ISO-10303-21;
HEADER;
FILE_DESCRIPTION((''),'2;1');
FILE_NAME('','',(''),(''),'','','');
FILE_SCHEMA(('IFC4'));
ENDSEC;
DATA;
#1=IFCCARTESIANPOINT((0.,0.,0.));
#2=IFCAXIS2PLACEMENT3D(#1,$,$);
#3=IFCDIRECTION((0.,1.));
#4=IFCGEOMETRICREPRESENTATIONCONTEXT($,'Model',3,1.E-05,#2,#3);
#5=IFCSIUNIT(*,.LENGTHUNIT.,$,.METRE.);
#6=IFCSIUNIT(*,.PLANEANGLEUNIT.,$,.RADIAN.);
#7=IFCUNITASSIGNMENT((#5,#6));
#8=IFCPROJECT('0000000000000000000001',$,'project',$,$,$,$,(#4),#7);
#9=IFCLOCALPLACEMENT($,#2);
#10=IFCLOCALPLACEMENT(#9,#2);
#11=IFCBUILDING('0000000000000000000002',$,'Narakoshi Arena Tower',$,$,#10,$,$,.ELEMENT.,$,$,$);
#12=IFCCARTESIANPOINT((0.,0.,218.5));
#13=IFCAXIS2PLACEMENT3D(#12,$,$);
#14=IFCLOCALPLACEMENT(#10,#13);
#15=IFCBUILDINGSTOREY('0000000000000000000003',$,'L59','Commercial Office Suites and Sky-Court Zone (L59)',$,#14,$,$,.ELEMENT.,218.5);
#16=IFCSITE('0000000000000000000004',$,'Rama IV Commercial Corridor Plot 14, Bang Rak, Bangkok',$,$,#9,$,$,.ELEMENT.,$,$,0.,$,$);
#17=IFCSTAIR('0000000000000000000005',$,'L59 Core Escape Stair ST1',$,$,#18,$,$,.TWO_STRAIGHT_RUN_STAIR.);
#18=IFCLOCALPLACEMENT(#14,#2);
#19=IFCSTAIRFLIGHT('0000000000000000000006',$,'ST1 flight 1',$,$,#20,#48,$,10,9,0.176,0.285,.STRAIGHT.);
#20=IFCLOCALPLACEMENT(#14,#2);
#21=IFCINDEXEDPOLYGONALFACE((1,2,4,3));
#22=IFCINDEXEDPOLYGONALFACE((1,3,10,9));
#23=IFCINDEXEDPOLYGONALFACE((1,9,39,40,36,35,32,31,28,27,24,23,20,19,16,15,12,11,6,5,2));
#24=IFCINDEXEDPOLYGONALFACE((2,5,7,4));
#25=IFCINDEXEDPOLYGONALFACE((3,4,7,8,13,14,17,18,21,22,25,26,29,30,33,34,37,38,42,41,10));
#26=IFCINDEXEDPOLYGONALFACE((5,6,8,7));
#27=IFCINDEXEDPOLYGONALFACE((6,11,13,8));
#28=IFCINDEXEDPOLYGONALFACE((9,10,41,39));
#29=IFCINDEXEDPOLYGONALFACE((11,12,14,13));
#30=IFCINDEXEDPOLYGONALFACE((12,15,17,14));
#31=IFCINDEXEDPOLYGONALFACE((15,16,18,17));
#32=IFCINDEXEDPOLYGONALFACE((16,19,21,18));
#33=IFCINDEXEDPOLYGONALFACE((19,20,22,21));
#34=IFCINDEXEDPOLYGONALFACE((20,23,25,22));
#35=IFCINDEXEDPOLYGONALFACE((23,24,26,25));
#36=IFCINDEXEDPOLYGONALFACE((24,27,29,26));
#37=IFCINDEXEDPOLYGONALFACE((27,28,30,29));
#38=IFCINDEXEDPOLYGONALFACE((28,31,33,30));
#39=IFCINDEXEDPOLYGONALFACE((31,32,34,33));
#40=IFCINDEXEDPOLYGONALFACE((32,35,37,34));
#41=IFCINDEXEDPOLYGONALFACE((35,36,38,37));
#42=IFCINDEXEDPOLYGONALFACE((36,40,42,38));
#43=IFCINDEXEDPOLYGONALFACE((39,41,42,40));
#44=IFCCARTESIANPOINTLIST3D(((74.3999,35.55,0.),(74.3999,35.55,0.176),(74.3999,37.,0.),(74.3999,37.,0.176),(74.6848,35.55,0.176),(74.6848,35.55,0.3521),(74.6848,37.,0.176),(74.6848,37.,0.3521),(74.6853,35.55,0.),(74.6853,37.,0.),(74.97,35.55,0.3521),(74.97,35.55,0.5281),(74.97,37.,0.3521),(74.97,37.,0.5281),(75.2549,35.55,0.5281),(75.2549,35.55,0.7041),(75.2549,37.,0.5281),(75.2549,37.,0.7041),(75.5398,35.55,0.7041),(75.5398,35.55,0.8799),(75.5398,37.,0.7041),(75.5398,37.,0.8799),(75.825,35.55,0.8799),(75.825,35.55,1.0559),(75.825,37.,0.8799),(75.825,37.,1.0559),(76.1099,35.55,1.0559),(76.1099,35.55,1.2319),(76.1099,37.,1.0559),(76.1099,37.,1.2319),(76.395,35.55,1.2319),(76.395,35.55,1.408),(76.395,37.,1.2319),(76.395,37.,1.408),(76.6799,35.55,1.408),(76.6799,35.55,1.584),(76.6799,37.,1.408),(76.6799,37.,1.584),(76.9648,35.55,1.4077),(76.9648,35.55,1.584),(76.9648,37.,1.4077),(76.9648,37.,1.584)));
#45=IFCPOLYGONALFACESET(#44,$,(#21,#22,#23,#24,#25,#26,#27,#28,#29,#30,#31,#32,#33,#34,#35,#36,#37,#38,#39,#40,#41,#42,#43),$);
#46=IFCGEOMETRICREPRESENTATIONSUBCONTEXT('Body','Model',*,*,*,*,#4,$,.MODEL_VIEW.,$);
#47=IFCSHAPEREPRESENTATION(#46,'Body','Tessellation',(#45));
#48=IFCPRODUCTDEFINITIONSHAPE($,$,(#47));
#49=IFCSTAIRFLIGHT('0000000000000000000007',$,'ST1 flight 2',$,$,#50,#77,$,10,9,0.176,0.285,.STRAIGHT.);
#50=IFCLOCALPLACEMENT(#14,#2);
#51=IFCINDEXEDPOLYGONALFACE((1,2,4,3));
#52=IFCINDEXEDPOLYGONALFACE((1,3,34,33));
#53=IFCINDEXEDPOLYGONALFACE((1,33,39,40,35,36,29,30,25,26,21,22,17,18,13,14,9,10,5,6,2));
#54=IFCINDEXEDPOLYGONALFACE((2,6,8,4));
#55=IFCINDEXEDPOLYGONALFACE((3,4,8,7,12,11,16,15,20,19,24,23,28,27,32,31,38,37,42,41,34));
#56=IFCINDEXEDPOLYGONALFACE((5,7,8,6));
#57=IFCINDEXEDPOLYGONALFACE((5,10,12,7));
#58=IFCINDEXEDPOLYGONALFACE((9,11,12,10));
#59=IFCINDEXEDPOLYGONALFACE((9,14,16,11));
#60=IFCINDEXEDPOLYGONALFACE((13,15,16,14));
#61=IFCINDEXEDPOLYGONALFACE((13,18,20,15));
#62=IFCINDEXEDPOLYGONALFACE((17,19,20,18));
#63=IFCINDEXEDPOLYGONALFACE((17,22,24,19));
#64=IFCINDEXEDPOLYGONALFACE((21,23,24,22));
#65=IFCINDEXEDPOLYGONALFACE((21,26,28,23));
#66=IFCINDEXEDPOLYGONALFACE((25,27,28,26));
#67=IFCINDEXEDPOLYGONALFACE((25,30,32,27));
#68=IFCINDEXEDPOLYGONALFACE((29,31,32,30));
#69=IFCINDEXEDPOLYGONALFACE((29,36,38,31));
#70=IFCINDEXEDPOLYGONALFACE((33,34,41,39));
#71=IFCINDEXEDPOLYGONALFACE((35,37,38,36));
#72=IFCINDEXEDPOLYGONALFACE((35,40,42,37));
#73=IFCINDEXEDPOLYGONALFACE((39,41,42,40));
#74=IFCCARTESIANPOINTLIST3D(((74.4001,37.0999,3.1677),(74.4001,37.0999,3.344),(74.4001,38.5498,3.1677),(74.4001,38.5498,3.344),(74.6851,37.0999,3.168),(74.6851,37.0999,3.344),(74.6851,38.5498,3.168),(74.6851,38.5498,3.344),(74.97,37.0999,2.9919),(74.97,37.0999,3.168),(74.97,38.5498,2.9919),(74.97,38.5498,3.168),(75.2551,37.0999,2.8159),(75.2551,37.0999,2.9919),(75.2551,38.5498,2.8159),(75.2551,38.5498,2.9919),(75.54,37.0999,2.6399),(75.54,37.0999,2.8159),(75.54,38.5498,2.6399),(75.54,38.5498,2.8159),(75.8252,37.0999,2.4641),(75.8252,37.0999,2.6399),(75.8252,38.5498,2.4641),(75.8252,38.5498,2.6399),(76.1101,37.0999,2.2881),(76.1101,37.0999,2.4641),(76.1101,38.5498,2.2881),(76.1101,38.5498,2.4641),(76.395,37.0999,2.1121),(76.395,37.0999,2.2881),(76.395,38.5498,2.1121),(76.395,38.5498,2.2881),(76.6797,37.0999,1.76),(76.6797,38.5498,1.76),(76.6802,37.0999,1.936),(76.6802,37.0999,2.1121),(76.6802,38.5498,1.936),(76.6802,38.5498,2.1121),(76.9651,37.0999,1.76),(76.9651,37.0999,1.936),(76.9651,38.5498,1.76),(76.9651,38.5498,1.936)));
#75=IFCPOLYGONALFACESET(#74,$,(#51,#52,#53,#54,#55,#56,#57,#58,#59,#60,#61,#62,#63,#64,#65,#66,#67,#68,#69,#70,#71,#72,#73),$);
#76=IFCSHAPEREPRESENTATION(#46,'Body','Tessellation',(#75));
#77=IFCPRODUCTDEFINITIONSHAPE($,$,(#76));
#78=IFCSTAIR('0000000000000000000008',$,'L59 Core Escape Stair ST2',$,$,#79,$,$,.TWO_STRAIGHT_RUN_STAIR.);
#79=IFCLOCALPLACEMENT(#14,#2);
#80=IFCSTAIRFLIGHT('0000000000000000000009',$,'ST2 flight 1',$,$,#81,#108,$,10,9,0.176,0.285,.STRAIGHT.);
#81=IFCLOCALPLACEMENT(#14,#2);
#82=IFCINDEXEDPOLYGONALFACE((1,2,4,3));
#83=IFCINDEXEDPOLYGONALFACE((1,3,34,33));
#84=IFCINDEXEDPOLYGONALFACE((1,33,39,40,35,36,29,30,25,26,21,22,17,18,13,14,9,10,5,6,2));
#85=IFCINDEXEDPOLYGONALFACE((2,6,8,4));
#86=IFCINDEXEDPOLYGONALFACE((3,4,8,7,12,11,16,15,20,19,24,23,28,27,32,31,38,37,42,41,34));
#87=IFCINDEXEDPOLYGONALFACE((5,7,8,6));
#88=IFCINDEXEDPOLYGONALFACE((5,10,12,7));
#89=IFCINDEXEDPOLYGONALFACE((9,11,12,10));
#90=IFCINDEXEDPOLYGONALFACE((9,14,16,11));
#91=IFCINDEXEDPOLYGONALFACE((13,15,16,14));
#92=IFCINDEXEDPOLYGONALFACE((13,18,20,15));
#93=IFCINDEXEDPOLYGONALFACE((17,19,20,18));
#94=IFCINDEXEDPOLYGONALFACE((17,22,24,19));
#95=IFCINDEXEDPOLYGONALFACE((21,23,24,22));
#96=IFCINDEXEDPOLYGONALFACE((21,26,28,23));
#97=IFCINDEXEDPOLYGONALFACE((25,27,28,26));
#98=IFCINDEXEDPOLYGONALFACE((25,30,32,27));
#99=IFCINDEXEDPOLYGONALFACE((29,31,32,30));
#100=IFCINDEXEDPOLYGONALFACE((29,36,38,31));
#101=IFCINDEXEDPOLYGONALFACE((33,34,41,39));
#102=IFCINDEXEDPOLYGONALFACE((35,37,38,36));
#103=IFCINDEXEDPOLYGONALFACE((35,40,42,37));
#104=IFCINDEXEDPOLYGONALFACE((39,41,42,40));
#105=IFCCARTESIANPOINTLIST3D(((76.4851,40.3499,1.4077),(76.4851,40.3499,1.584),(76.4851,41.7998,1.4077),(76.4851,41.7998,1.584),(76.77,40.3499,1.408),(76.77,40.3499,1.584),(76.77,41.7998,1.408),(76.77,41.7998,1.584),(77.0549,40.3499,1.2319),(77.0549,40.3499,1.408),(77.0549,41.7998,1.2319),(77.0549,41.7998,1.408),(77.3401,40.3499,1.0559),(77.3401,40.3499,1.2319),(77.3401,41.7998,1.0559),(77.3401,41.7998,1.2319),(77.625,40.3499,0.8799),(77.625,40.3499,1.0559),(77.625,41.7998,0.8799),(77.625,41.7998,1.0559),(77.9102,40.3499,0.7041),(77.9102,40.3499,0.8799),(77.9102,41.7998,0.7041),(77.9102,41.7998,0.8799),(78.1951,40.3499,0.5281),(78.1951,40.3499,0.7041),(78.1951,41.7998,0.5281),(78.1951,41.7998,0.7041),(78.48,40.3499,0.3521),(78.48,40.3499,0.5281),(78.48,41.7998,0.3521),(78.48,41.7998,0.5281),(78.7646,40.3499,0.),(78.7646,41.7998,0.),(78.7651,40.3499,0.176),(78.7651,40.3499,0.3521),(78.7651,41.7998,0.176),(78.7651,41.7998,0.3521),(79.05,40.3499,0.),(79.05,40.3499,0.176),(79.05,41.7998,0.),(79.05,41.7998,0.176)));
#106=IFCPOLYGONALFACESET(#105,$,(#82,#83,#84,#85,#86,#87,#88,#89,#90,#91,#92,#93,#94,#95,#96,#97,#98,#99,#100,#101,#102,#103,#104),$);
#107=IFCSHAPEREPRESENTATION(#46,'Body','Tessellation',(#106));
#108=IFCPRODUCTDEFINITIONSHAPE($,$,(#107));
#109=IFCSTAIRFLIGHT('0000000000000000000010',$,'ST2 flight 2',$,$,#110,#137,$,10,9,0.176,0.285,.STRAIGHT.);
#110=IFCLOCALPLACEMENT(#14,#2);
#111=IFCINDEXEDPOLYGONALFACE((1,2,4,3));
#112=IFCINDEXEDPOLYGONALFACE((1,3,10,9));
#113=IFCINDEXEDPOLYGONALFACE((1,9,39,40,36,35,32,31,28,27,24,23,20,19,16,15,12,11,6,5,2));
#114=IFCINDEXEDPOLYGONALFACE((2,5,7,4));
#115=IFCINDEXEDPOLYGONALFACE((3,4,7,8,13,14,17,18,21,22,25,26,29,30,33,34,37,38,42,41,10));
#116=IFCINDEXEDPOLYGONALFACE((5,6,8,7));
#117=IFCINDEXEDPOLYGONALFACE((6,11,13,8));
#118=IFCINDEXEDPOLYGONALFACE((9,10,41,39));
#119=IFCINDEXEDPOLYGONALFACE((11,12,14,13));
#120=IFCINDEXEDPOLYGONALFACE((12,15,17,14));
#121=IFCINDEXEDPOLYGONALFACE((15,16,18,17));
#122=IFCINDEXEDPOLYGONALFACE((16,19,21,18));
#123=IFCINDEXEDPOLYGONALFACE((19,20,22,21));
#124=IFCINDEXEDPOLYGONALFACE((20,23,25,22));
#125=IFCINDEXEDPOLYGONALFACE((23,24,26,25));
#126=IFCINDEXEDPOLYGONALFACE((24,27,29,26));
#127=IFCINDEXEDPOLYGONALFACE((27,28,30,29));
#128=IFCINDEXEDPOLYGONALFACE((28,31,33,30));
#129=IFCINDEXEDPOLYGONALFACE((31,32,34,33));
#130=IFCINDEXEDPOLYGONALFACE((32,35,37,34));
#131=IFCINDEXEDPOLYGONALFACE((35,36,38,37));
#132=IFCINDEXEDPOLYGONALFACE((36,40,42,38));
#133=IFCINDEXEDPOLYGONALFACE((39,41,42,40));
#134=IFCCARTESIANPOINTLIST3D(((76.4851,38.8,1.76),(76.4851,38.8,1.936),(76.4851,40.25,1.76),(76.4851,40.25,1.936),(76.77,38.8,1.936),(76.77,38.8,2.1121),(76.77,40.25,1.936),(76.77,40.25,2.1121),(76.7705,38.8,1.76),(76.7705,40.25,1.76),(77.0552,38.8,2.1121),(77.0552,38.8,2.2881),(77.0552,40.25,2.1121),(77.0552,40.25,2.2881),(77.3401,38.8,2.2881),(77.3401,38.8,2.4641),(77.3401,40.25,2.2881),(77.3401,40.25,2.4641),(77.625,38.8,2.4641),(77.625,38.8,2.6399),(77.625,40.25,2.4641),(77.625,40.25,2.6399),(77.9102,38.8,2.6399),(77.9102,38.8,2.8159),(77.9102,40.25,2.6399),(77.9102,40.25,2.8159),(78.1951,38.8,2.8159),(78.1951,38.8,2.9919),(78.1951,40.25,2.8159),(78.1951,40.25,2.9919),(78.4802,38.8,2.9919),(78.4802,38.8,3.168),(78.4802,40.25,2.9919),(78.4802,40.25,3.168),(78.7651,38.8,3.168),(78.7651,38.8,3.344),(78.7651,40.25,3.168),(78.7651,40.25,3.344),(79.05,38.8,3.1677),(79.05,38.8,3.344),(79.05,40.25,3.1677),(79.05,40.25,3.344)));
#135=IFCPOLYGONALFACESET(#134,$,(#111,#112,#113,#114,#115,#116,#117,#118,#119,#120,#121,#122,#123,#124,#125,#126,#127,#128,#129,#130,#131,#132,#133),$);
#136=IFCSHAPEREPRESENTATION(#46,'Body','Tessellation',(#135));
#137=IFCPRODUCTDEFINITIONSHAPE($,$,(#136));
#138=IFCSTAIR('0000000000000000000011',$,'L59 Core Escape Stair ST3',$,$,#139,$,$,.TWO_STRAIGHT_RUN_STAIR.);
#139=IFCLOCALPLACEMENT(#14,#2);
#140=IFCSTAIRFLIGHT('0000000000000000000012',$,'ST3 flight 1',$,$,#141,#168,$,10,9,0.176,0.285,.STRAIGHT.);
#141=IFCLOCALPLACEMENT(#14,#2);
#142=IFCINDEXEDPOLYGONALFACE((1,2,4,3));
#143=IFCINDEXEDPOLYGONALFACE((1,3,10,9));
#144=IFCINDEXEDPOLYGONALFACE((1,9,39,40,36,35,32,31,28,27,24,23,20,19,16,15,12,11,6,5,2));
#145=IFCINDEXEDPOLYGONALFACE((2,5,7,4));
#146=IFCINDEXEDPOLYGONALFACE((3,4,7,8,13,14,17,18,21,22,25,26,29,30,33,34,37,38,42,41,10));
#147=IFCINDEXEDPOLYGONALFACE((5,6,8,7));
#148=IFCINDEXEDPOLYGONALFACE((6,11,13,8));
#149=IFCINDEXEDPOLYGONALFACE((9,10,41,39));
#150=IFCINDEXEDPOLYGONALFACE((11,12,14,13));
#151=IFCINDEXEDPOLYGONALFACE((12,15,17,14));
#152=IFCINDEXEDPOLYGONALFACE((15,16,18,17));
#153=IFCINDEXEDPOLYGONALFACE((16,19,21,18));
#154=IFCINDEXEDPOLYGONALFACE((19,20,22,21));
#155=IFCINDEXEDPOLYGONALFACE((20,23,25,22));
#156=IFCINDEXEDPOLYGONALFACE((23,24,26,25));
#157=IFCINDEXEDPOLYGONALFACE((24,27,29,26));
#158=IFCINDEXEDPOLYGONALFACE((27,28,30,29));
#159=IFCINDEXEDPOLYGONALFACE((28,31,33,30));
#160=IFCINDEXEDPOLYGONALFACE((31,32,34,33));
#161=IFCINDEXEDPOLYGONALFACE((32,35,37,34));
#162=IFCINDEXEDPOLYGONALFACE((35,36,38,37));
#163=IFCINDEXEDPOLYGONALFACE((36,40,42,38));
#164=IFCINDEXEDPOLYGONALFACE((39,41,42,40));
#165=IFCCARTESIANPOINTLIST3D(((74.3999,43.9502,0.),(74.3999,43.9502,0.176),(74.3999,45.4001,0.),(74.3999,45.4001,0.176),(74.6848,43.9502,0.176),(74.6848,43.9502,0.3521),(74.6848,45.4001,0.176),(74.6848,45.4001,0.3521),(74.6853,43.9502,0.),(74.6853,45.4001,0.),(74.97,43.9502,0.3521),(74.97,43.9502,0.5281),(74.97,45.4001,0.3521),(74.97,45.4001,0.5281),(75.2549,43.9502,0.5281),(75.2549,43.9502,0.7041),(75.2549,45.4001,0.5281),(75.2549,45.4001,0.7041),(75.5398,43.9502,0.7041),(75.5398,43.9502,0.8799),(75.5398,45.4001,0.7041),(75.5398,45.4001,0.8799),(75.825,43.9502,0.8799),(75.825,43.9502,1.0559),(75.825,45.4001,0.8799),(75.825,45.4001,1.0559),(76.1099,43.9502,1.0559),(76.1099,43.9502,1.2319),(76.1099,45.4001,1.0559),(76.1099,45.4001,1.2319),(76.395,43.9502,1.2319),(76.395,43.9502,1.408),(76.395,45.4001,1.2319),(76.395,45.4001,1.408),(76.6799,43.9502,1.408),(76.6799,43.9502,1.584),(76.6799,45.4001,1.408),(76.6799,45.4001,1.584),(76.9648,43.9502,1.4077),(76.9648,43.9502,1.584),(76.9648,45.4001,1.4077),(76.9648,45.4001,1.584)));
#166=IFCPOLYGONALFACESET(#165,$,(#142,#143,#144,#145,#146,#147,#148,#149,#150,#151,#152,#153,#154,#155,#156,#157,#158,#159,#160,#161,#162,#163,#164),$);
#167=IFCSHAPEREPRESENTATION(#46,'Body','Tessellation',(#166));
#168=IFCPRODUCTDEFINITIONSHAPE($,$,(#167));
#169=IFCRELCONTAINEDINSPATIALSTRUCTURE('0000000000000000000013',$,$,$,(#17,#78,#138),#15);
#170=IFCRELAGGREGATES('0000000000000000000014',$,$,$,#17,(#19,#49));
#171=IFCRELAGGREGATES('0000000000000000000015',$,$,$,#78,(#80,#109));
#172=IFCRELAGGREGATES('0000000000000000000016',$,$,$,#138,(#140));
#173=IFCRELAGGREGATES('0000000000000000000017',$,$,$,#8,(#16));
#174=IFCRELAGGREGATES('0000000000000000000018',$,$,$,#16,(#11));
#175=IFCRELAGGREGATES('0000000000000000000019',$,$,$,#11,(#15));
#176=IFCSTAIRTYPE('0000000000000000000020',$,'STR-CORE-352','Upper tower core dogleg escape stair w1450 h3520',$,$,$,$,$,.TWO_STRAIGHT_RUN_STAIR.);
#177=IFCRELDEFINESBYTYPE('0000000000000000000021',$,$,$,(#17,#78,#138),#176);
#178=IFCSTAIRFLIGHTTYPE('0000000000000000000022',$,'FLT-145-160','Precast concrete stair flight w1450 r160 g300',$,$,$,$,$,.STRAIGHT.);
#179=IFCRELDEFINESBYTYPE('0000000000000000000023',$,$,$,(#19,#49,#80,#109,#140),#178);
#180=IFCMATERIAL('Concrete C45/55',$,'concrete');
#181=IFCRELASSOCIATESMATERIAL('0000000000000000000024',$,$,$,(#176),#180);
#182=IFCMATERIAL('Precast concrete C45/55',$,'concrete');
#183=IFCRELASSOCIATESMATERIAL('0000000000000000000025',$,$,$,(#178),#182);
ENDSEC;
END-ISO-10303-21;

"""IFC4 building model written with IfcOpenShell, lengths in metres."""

from ifc_helpers import new_model, si_unit, direction, frame, origin, place, context, subcontext, project, spatial, polyline, outline, extrude, material, type_object, element, aggregate, save


model = new_model("IFC4")

# Units and contexts
model_context = context("Model", 3, precision=1e-05, world=origin(), true_north=direction((0.0, 1.0)))
body_context = subcontext(model_context, "Body", "Model", "MODEL_VIEW")
ifc_project = project(units=[si_unit("LENGTHUNIT", "METRE"), si_unit("PLANEANGLEUNIT", "RADIAN")], contexts=[model_context])

# Site, building, storey
site_placement = place(None, origin())
site = spatial("IfcSite", under=ifc_project, at=site_placement, Name="Rama IV Commercial Corridor Plot 14, Bang Rak, Bangkok", CompositionType="ELEMENT", RefElevation=0.0)
building_placement = place(site_placement, origin())
building = spatial("IfcBuilding", under=site, at=building_placement, Name="Narakoshi Arena Tower", CompositionType="ELEMENT")
storey_placement = place(building_placement, frame((0.0, 0.0, 218.5)))
storey = spatial("IfcBuildingStorey", under=building, at=storey_placement, Name="L59", Description="Commercial Office Suites and Sky-Court Zone (L59)", CompositionType="ELEMENT", Elevation=218.5)

# Shared definitions
ifc_material_1 = material(Name="Precast concrete C45/55", Category="concrete")

# Stairs, stair flights
ifc_material_2 = material(Name="Concrete C45/55", Category="concrete")
stair_type = type_object("IfcStairType", Name="STR-CORE-352", Description="Upper tower core dogleg escape stair w1450 h3520", PredefinedType="TWO_STRAIGHT_RUN_STAIR", material=ifc_material_2)
stair_1_placement = place(storey_placement, origin())
stair_1 = element("IfcStair", 1, at=stair_1_placement, inside=storey, type_object=stair_type, Name="L59 Core Escape Stair ST1", PredefinedType="TWO_STRAIGHT_RUN_STAIR")
stair_flight_type = type_object("IfcStairFlightType", Name="FLT-145-160", Description="Precast concrete stair flight w1450 r160 g300", PredefinedType="STRAIGHT", material=ifc_material_1)
stair_flight_1_placement = place(storey_placement, frame((74.3999, 36.2749, 0.0), z_axis=(0.0, 0.0, 1.0), x_axis=(1.0, 0.0, 0.0)))
stair_flight_1 = element("IfcStairFlight", 2, at=stair_flight_1_placement, type_object=stair_flight_type, Name="ST1 flight 1", NumberOfRisers=10, NumberOfTreads=9, PredefinedType="STRAIGHT", RiserHeight=0.176, TreadLength=0.285, context=body_context, shape_type="SweptSolid", body=[
    extrude(outline(polyline([(0.0, 0.0), (0.0, 0.176), (0.2849, 0.176), (0.2849, 0.3521), (0.5701, 0.3521), (0.5701, 0.5281), (0.855, 0.5281), (0.855, 0.7041), (1.1399, 0.7041), (1.1399, 0.8799), (1.425, 0.8799), (1.425, 1.0559), (1.71, 1.0559), (1.71, 1.2319), (1.9951, 1.2319), (1.9951, 1.408), (2.28, 1.408), (2.28, 1.584), (2.5649, 1.584), (2.5649, 1.76), (2.5649, 1.4077), (0.2854, 0.0), (0.0, 0.0)])), frame((0.0, 0.7251, 0.0), z_axis=(0.0, -1.0, 0.0), x_axis=(1.0, 0.0, 0.0)), (0.0, 0.0, 1.0), 1.45),
])
stair_flight_2_placement = place(storey_placement, frame((76.9651, 37.825, 1.76), z_axis=(0.0, 0.0, 1.0), x_axis=(-1.0, 0.0, 0.0)))
stair_flight_2 = element("IfcStairFlight", 3, at=stair_flight_2_placement, type_object=stair_flight_type, Name="ST1 flight 2", NumberOfRisers=10, NumberOfTreads=9, PredefinedType="STRAIGHT", RiserHeight=0.176, TreadLength=0.285, context=body_context, shape_type="SweptSolid", body=[
    extrude(outline(polyline([(0.0, 0.0), (0.0, 0.176), (0.2849, 0.176), (0.2849, 0.3521), (0.5701, 0.3521), (0.5701, 0.5281), (0.855, 0.5281), (0.855, 0.7041), (1.1399, 0.7041), (1.1399, 0.8799), (1.425, 0.8799), (1.425, 1.0559), (1.71, 1.0559), (1.71, 1.2319), (1.9951, 1.2319), (1.9951, 1.408), (2.28, 1.408), (2.28, 1.584), (2.5649, 1.584), (2.5649, 1.76), (2.5649, 1.4077), (0.2854, 0.0), (0.0, 0.0)])), frame((0.0, 0.7251, 0.0), z_axis=(0.0, -1.0, 0.0), x_axis=(1.0, 0.0, 0.0)), (0.0, 0.0, 1.0), 1.45),
])
aggregate(stair_1, [stair_flight_1, stair_flight_2])
stair_2_placement = place(storey_placement, origin())
stair_2 = element("IfcStair", 4, at=stair_2_placement, inside=storey, type_object=stair_type, Name="L59 Core Escape Stair ST2", PredefinedType="TWO_STRAIGHT_RUN_STAIR")
stair_flight_3_placement = place(storey_placement, frame((79.05, 41.075, 0.0), z_axis=(0.0, 0.0, 1.0), x_axis=(-1.0, 0.0, 0.0)))
stair_flight_3 = element("IfcStairFlight", 5, at=stair_flight_3_placement, type_object=stair_flight_type, Name="ST2 flight 1", NumberOfRisers=10, NumberOfTreads=9, PredefinedType="STRAIGHT", RiserHeight=0.176, TreadLength=0.285, context=body_context, shape_type="SweptSolid", body=[
    extrude(outline(polyline([(0.0, 0.0), (0.0, 0.176), (0.2849, 0.176), (0.2849, 0.3521), (0.5701, 0.3521), (0.5701, 0.5281), (0.855, 0.5281), (0.855, 0.7041), (1.1399, 0.7041), (1.1399, 0.8799), (1.425, 0.8799), (1.425, 1.0559), (1.71, 1.0559), (1.71, 1.2319), (1.9951, 1.2319), (1.9951, 1.408), (2.28, 1.408), (2.28, 1.584), (2.5649, 1.584), (2.5649, 1.76), (2.5649, 1.4077), (0.2854, 0.0), (0.0, 0.0)])), frame((0.0, 0.7251, 0.0), z_axis=(0.0, -1.0, 0.0), x_axis=(1.0, 0.0, 0.0)), (0.0, 0.0, 1.0), 1.45),
])
stair_flight_4_placement = place(storey_placement, frame((76.4851, 39.5249, 1.76), z_axis=(0.0, 0.0, 1.0), x_axis=(1.0, 0.0, 0.0)))
stair_flight_4 = element("IfcStairFlight", 6, at=stair_flight_4_placement, type_object=stair_flight_type, Name="ST2 flight 2", NumberOfRisers=10, NumberOfTreads=9, PredefinedType="STRAIGHT", RiserHeight=0.176, TreadLength=0.285, context=body_context, shape_type="SweptSolid", body=[
    extrude(outline(polyline([(0.0, 0.0), (0.0, 0.176), (0.2849, 0.176), (0.2849, 0.3521), (0.5701, 0.3521), (0.5701, 0.5281), (0.855, 0.5281), (0.855, 0.7041), (1.1399, 0.7041), (1.1399, 0.8799), (1.425, 0.8799), (1.425, 1.0559), (1.71, 1.0559), (1.71, 1.2319), (1.9951, 1.2319), (1.9951, 1.408), (2.28, 1.408), (2.28, 1.584), (2.5649, 1.584), (2.5649, 1.76), (2.5649, 1.4077), (0.2854, 0.0), (0.0, 0.0)])), frame((0.0, 0.7251, 0.0), z_axis=(0.0, -1.0, 0.0), x_axis=(1.0, 0.0, 0.0)), (0.0, 0.0, 1.0), 1.45),
])
aggregate(stair_2, [stair_flight_3, stair_flight_4])
stair_3_placement = place(storey_placement, origin())
stair_3 = element("IfcStair", 7, at=stair_3_placement, inside=storey, type_object=stair_type, Name="L59 Core Escape Stair ST3", PredefinedType="TWO_STRAIGHT_RUN_STAIR")
stair_flight_5_placement = place(storey_placement, frame((74.3999, 44.675, 0.0), z_axis=(0.0, 0.0, 1.0), x_axis=(1.0, 0.0, 0.0)))
stair_flight_5 = element("IfcStairFlight", 8, at=stair_flight_5_placement, type_object=stair_flight_type, Name="ST3 flight 1", NumberOfRisers=10, NumberOfTreads=9, PredefinedType="STRAIGHT", RiserHeight=0.176, TreadLength=0.285, context=body_context, shape_type="SweptSolid", body=[
    extrude(outline(polyline([(0.0, 0.0), (0.0, 0.176), (0.2849, 0.176), (0.2849, 0.3521), (0.5701, 0.3521), (0.5701, 0.5281), (0.855, 0.5281), (0.855, 0.7041), (1.1399, 0.7041), (1.1399, 0.8799), (1.425, 0.8799), (1.425, 1.0559), (1.71, 1.0559), (1.71, 1.2319), (1.9951, 1.2319), (1.9951, 1.408), (2.28, 1.408), (2.28, 1.584), (2.5649, 1.584), (2.5649, 1.76), (2.5649, 1.4077), (0.2854, 0.0), (0.0, 0.0)])), frame((0.0, 0.7251, 0.0), z_axis=(0.0, -1.0, 0.0), x_axis=(1.0, 0.0, 0.0)), (0.0, 0.0, 1.0), 1.45),
])
aggregate(stair_3, [stair_flight_5])

save(model, "model.ifc")
